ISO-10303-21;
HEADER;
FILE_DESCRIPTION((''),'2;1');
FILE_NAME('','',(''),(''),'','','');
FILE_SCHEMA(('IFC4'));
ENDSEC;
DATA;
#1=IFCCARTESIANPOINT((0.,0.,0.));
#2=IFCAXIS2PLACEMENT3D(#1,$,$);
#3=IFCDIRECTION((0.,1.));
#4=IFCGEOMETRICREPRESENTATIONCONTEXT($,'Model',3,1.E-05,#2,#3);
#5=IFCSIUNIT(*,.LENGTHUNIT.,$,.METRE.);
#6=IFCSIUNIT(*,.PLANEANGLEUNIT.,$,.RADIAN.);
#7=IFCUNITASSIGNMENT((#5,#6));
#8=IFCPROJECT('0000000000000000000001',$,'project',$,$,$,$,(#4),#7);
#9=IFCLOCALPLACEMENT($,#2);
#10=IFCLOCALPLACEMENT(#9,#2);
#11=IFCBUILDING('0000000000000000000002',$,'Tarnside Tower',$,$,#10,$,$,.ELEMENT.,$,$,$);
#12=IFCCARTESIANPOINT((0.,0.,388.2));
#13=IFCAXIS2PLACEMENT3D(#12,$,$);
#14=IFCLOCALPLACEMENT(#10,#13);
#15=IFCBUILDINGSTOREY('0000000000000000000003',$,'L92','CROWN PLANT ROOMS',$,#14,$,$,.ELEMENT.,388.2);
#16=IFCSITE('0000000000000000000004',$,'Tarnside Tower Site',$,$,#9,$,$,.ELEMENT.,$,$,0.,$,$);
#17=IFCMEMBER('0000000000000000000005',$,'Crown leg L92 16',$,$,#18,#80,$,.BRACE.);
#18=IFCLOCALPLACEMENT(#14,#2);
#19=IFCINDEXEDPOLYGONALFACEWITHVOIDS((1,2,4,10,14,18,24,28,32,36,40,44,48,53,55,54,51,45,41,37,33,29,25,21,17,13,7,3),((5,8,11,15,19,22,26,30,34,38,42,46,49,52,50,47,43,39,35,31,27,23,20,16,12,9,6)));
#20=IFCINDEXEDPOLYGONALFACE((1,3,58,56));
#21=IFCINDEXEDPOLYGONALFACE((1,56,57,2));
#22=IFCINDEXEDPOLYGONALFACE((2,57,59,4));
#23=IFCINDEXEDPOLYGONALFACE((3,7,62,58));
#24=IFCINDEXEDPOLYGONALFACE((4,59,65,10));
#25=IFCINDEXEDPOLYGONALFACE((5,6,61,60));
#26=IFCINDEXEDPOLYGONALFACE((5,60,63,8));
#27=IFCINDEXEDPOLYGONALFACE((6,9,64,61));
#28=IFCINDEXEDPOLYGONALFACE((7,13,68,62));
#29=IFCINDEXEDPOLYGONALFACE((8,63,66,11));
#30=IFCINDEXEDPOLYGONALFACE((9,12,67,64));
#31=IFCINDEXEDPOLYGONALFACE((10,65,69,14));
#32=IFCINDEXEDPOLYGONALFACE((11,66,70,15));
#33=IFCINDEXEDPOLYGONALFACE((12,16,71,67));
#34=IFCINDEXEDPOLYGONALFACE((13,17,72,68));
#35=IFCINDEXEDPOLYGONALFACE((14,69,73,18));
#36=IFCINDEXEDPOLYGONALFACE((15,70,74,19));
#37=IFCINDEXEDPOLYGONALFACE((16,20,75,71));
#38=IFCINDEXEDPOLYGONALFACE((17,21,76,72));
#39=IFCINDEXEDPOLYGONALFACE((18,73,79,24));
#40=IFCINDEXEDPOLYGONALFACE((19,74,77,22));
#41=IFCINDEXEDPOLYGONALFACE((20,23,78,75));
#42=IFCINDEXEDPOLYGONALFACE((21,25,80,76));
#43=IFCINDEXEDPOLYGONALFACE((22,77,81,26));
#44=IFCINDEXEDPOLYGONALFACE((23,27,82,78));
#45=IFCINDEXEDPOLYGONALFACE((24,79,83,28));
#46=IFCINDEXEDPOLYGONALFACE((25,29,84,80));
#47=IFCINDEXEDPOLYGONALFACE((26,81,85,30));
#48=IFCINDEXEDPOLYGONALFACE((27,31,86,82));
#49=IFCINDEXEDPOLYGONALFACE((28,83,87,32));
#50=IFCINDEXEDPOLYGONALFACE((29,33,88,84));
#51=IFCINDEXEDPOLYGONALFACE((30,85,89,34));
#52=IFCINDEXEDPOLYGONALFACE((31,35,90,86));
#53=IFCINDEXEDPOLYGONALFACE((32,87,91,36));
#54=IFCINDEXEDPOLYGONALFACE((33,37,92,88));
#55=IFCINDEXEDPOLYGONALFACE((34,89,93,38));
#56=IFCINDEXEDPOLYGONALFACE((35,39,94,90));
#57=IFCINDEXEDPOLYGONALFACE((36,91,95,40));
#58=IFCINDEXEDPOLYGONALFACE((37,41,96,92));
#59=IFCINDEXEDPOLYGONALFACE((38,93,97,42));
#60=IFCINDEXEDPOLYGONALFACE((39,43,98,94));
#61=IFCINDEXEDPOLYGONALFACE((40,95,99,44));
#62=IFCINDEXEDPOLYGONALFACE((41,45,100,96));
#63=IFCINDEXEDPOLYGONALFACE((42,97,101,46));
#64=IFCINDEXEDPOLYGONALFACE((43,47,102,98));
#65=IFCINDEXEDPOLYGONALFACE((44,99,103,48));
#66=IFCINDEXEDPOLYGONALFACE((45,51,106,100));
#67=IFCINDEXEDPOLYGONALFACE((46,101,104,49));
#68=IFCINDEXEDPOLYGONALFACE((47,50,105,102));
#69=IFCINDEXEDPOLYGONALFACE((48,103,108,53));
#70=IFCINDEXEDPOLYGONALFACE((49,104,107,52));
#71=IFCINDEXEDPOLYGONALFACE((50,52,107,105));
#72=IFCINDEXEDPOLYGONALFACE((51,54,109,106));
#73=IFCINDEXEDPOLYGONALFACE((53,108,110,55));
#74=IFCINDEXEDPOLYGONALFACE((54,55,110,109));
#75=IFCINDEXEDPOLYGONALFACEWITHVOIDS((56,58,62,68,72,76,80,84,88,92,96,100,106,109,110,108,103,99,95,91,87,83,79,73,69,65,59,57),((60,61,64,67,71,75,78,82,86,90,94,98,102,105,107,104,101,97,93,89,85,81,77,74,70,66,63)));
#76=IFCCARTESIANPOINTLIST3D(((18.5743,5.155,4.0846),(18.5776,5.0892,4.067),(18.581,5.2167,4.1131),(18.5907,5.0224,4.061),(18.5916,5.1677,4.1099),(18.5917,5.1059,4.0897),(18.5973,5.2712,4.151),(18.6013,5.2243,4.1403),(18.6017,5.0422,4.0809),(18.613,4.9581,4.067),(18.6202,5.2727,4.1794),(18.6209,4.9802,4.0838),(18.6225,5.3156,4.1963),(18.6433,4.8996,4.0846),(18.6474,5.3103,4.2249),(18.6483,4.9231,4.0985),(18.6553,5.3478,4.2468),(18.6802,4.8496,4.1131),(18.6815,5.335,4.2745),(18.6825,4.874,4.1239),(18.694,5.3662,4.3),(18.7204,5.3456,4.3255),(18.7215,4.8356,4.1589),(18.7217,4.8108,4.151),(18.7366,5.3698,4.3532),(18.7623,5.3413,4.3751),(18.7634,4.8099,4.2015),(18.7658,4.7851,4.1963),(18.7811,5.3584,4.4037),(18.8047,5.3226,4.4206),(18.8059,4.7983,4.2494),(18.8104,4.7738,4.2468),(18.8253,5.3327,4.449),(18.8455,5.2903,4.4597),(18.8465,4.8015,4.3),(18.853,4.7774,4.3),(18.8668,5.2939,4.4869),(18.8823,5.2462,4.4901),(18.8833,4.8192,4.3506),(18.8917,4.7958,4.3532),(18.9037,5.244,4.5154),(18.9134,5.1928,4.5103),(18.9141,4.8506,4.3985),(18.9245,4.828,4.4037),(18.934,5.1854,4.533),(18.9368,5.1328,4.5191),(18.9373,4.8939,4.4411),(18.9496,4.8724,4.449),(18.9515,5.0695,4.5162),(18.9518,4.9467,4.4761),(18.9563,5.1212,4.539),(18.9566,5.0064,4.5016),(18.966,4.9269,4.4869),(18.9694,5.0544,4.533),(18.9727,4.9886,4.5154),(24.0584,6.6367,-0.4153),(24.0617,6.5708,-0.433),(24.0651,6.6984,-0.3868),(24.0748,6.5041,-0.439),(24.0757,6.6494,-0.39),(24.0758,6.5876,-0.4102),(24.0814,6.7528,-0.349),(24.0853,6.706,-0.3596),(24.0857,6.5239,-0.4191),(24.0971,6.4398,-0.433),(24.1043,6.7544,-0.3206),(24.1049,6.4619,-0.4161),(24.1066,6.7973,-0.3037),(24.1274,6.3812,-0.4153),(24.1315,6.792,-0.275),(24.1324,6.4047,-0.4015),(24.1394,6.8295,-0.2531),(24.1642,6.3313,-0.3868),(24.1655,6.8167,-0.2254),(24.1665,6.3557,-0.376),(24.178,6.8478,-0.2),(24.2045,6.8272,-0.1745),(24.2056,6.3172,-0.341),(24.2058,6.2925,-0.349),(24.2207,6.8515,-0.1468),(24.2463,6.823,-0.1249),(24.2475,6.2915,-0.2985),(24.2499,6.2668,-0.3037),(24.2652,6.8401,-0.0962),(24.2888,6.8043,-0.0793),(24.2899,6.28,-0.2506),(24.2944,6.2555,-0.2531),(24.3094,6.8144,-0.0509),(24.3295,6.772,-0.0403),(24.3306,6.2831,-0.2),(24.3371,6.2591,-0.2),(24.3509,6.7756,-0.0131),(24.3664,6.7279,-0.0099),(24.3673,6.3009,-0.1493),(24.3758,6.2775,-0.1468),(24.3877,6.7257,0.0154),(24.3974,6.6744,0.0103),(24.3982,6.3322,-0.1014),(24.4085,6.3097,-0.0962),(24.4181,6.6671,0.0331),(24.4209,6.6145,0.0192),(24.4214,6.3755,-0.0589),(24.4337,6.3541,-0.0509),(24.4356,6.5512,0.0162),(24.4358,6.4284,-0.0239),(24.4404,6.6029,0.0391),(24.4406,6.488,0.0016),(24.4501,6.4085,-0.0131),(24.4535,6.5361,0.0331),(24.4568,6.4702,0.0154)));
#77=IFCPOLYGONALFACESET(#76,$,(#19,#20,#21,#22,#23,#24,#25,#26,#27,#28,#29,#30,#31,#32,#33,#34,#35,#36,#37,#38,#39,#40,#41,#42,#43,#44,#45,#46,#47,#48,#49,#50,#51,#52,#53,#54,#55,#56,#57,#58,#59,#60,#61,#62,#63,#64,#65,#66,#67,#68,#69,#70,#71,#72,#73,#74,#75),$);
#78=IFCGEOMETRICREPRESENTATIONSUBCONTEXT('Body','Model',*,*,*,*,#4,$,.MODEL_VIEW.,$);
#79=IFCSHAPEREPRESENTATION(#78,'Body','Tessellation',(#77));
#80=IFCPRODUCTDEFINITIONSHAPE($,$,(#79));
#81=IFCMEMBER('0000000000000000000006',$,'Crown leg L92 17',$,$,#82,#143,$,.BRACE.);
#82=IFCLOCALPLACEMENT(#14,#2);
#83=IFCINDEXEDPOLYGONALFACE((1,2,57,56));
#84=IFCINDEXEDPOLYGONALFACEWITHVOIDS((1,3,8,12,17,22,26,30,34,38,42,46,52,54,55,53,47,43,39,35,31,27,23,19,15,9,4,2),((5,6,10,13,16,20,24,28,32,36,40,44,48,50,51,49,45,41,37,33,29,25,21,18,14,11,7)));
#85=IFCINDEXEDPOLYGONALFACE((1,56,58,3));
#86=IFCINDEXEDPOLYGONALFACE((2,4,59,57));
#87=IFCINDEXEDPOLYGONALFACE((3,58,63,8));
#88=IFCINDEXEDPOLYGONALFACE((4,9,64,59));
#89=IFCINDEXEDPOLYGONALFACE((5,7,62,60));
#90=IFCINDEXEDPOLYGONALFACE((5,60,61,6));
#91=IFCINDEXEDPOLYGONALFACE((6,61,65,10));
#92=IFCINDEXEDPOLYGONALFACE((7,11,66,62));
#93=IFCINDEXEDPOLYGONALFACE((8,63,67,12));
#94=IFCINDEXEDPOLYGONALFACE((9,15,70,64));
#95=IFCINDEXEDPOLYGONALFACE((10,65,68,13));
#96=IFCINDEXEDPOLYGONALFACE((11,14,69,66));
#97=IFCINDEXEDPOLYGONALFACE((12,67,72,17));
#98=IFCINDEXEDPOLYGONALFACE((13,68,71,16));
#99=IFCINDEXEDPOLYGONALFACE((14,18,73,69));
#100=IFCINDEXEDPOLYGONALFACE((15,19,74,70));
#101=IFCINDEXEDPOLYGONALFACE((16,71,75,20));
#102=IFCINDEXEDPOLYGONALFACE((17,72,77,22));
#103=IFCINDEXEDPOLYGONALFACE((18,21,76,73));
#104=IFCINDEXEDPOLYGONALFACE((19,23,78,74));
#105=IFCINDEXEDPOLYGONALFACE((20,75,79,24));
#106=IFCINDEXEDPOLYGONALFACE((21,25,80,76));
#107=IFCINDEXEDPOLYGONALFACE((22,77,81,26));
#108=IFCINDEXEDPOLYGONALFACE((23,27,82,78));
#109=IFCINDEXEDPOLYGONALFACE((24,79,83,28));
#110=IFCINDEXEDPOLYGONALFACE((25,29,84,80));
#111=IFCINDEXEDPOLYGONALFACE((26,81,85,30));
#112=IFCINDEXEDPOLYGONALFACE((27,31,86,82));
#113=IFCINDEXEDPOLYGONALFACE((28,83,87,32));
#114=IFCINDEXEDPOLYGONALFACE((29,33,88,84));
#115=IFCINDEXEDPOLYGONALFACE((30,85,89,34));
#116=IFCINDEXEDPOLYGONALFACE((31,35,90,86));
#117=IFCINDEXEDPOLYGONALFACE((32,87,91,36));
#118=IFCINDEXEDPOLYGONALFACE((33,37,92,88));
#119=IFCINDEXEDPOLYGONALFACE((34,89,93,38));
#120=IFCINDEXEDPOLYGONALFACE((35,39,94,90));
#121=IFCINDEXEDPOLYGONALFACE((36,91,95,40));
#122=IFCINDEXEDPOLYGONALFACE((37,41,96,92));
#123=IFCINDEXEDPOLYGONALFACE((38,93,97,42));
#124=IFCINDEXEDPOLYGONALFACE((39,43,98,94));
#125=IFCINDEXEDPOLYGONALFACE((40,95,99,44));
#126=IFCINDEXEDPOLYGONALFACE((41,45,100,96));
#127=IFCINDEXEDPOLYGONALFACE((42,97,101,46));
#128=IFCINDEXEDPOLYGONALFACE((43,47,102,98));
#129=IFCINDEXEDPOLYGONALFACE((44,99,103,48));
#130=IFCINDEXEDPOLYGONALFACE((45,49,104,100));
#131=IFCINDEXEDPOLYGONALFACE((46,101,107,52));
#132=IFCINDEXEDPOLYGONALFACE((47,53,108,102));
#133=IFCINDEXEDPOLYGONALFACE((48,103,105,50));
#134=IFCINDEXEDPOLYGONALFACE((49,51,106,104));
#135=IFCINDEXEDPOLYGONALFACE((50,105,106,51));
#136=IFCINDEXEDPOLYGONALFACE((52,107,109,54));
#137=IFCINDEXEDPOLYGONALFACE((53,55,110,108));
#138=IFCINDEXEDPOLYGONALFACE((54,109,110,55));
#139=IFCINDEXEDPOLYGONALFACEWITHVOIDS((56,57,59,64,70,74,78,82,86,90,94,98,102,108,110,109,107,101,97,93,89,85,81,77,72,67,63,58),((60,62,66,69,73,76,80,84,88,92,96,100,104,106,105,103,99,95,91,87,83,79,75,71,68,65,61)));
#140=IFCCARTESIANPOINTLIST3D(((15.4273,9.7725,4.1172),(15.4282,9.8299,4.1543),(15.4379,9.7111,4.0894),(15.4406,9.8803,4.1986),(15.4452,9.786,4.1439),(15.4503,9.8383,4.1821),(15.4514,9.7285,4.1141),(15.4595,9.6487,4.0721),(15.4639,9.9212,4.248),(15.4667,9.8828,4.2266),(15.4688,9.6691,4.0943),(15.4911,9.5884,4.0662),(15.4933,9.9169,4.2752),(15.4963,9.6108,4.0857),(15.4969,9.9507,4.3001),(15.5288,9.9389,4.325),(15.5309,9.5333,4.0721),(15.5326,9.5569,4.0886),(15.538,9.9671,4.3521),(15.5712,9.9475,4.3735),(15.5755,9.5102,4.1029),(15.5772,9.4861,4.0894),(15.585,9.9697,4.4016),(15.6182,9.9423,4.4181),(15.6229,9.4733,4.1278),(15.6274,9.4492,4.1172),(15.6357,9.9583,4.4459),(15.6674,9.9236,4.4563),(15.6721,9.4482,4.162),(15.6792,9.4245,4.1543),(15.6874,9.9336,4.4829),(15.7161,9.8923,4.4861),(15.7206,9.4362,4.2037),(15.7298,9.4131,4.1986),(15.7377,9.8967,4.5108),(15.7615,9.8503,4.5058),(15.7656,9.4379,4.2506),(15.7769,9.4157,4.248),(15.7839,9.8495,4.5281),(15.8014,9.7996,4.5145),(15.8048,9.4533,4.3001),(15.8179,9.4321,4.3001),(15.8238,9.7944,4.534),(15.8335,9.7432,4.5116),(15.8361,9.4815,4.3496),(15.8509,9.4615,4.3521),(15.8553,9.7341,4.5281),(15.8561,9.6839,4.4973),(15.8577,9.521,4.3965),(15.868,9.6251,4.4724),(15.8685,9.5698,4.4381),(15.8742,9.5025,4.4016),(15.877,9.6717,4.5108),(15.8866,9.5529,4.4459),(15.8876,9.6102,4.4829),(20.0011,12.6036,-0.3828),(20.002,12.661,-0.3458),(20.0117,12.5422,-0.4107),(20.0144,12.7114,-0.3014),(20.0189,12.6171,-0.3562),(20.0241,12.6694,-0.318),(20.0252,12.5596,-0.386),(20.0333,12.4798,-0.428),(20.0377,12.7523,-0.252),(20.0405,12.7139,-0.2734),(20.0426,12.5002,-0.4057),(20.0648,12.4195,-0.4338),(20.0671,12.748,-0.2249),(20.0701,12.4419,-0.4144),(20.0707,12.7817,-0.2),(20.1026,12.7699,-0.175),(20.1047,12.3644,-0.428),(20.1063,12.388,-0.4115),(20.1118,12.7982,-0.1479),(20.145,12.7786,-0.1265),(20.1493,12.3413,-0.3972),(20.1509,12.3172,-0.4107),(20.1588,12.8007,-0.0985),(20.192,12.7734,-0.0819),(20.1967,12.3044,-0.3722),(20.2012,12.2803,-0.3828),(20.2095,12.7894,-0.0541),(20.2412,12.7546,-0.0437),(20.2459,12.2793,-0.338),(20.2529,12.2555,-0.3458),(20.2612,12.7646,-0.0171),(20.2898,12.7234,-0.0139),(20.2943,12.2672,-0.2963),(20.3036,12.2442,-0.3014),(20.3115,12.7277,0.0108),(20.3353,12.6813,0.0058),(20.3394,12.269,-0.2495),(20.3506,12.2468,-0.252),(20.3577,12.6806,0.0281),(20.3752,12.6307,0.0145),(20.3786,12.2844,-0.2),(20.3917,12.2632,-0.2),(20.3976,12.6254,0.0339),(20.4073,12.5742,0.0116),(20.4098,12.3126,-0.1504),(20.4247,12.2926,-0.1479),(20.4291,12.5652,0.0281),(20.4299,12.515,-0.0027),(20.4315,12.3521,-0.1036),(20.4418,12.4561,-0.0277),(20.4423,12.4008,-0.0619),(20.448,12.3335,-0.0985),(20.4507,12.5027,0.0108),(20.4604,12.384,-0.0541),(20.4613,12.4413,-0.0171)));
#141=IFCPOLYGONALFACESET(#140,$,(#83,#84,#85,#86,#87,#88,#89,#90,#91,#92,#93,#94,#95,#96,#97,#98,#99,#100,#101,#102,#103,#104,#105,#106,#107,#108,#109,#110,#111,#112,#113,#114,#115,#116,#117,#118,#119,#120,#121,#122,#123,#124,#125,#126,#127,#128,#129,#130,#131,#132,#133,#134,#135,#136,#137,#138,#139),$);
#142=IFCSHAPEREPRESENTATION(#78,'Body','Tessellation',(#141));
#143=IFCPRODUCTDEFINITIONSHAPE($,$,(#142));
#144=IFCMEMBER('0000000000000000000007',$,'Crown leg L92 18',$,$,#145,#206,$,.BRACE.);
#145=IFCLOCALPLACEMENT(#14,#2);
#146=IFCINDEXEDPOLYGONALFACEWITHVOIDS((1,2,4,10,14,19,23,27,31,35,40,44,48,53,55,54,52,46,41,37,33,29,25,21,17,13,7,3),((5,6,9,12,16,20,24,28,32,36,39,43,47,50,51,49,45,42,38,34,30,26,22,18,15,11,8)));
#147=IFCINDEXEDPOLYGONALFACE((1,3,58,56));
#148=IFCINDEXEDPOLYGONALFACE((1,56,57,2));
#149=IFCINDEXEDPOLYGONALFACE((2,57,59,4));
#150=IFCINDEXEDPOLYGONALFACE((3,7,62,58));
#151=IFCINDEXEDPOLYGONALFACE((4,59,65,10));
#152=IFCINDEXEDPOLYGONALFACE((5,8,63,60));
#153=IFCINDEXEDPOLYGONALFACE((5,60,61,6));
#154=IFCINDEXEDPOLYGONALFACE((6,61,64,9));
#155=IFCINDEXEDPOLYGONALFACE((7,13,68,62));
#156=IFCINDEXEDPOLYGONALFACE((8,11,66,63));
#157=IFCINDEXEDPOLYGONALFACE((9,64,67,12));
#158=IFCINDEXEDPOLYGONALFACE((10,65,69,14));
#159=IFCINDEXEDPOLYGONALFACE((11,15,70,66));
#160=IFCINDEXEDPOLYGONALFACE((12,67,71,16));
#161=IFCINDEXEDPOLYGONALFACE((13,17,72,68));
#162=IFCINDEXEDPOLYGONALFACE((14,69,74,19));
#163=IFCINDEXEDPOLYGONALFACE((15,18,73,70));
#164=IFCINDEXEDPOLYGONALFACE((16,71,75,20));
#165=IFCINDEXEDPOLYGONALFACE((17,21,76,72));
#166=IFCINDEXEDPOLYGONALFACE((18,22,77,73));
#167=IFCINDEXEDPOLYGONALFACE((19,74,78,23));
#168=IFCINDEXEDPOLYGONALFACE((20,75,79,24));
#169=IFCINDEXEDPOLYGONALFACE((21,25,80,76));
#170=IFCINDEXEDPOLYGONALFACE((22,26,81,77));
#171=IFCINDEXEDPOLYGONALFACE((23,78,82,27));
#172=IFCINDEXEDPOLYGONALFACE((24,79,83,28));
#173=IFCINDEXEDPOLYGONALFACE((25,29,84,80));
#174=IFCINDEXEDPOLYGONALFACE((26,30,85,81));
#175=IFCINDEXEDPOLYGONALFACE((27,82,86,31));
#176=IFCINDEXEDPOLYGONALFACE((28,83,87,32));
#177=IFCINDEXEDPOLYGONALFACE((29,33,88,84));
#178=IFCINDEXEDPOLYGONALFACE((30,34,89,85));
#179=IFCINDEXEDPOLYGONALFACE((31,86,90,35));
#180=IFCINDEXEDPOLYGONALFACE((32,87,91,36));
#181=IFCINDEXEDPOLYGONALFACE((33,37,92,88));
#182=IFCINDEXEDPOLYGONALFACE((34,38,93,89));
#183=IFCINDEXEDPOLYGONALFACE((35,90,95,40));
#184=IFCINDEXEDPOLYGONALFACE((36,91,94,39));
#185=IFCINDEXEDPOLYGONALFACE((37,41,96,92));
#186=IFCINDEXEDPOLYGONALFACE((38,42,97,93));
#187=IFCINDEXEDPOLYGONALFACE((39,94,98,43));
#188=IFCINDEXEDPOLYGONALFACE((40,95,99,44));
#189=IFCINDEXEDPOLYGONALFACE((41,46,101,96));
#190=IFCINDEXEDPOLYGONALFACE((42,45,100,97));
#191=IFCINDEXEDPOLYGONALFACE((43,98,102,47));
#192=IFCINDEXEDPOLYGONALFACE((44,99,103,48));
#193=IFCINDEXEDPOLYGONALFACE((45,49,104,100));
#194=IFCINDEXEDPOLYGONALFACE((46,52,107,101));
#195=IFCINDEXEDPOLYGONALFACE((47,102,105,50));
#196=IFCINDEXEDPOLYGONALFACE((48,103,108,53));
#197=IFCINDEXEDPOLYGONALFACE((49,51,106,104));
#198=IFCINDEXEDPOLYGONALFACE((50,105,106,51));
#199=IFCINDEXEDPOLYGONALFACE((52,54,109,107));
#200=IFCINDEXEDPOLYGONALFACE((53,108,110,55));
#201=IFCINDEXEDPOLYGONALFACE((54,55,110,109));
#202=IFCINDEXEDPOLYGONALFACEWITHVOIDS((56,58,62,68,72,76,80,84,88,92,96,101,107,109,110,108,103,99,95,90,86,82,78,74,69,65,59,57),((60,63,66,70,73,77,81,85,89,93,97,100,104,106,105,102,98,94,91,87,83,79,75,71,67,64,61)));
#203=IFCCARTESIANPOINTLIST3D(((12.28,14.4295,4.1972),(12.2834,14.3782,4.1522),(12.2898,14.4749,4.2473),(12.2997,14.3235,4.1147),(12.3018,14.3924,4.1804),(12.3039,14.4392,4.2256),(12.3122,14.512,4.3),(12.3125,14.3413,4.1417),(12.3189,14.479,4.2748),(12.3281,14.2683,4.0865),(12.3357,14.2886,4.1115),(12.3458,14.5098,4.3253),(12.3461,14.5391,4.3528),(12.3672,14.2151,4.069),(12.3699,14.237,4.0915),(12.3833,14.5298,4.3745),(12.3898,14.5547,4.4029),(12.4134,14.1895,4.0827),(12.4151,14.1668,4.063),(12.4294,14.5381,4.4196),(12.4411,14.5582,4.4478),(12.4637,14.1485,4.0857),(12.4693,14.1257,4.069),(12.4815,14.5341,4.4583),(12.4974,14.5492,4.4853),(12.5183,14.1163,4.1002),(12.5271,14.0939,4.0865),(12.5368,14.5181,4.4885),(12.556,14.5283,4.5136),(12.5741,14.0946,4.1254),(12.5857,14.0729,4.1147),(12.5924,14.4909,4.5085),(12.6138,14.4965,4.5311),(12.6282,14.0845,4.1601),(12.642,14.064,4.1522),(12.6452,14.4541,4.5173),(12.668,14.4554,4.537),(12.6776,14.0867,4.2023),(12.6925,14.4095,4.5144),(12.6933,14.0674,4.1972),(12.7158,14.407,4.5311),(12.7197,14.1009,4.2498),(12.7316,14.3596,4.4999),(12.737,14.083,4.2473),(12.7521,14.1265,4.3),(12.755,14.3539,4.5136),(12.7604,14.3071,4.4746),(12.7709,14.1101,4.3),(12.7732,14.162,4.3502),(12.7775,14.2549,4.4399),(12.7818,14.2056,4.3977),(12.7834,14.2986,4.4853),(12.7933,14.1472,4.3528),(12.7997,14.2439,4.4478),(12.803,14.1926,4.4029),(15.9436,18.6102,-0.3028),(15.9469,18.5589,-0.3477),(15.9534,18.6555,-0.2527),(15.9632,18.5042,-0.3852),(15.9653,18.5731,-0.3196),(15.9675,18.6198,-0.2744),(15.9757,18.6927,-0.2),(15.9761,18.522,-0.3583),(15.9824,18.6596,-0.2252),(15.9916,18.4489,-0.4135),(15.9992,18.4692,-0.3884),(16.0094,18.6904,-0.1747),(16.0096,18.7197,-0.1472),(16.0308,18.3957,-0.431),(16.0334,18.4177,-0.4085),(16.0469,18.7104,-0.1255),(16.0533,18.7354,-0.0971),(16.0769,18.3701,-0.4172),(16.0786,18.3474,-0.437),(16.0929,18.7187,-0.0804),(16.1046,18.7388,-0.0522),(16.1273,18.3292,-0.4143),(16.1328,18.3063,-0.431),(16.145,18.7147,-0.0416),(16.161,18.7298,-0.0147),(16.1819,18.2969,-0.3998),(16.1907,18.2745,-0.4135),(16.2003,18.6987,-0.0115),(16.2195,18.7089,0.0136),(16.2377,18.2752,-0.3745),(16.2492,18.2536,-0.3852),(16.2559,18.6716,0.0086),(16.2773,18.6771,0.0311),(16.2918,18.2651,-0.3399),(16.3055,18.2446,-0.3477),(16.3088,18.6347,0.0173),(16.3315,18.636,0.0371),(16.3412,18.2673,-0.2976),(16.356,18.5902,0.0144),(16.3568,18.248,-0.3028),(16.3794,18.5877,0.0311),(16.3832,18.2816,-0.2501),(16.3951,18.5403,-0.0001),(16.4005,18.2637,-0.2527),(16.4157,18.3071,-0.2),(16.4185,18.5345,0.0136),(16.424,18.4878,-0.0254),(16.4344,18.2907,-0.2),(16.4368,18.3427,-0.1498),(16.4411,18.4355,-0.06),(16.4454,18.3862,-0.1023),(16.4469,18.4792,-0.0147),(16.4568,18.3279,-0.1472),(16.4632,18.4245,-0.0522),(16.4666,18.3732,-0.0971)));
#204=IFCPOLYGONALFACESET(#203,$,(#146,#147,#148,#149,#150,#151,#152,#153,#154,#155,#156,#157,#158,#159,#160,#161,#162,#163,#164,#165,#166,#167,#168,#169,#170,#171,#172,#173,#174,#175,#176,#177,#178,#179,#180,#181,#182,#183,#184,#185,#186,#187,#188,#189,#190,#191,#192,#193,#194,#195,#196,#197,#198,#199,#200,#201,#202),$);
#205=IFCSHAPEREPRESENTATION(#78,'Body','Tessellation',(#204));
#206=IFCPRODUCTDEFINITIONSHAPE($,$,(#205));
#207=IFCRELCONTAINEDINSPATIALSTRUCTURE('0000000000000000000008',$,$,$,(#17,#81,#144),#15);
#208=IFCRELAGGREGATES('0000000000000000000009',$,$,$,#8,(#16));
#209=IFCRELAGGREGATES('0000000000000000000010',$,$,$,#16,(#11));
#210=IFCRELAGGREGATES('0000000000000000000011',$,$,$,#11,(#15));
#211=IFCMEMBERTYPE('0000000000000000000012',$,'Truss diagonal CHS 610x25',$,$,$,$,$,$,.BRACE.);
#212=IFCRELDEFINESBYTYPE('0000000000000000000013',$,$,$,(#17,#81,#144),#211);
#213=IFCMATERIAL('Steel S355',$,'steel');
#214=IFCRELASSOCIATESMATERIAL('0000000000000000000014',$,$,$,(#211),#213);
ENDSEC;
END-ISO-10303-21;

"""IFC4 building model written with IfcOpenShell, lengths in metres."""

from ifc_helpers import new_model, si_unit, direction, frame, origin, origin_2d, place, context, subcontext, project, spatial, hollow_circle, extrude, material, material_profile, profile_set, type_object, element, save


model = new_model("IFC4")

# Units and contexts
model_context = context("Model", 3, precision=1e-05, world=origin(), true_north=direction((0.0, 1.0)))
body_context = subcontext(model_context, "Body", "Model", "MODEL_VIEW")
ifc_project = project(units=[si_unit("LENGTHUNIT", "METRE"), si_unit("PLANEANGLEUNIT", "RADIAN")], contexts=[model_context])

# Site, building, storey
site_placement = place(None, origin())
site = spatial("IfcSite", under=ifc_project, at=site_placement, Name="Tarnside Tower Site", CompositionType="ELEMENT", RefElevation=0.0)
building_placement = place(site_placement, origin())
building = spatial("IfcBuilding", under=site, at=building_placement, Name="Tarnside Tower", CompositionType="ELEMENT")
storey_placement = place(building_placement, frame((0.0, 0.0, 388.2)))
storey = spatial("IfcBuildingStorey", under=building, at=storey_placement, Name="L92", Description="CROWN PLANT ROOMS", CompositionType="ELEMENT", Elevation=388.2)

# Shared definitions
ifc_material_1 = material(Name="Steel S355", Category="steel")

# Members
ifc_material_profile_1 = material_profile(ifc_material_1, hollow_circle(Radius=0.3049, WallThickness=0.0249, at=origin_2d()), Name="CHS 610x25")
ifc_profile_set_1 = profile_set([ifc_material_profile_1], Name="Steel S355")
member_type_1 = type_object("IfcMemberType", Name="Truss diagonal CHS 610x25", PredefinedType="BRACE", material=ifc_profile_set_1)
member_1_placement = place(storey_placement, frame((24.2576, 6.5535, -0.2), z_axis=(-0.75673, -0.204452, 0.620934), x_axis=(0.260826, -0.965386, 0.0)))
element("IfcMember", 1, at=member_1_placement, inside=storey, type_object=member_type_1, Name="Crown leg L92 16", PredefinedType="BRACE", context=body_context, shape_type="SweptSolid", body=[
    extrude(hollow_circle(Radius=0.3049, WallThickness=0.0249, at=origin_2d()), origin(), (0.0, 0.0, 1.0), 7.2471),
])
member_2_placement = place(storey_placement, frame((20.2312, 12.5225, -0.2), z_axis=(-0.652168, -0.40368, 0.641654), x_axis=(0.526314, -0.85029, 0.0)))
element("IfcMember", 2, at=member_2_placement, inside=storey, type_object=member_type_1, Name="Crown leg L92 17", PredefinedType="BRACE", context=body_context, shape_type="SweptSolid", body=[
    extrude(hollow_circle(Radius=0.3049, WallThickness=0.0249, at=origin_2d()), origin(), (0.0, 0.0, 1.0), 7.0132),
])
member_3_placement = place(storey_placement, frame((16.2051, 18.4917, -0.2), z_axis=(-0.512252, -0.584553, 0.629203), x_axis=(0.752087, -0.659064, 0.0)))
element("IfcMember", 3, at=member_3_placement, inside=storey, type_object=member_type_1, Name="Crown leg L92 18", PredefinedType="BRACE", context=body_context, shape_type="SweptSolid", body=[
    extrude(hollow_circle(Radius=0.3049, WallThickness=0.0249, at=origin_2d()), origin(), (0.0, 0.0, 1.0), 7.1519),
])

save(model, "model.ifc")
